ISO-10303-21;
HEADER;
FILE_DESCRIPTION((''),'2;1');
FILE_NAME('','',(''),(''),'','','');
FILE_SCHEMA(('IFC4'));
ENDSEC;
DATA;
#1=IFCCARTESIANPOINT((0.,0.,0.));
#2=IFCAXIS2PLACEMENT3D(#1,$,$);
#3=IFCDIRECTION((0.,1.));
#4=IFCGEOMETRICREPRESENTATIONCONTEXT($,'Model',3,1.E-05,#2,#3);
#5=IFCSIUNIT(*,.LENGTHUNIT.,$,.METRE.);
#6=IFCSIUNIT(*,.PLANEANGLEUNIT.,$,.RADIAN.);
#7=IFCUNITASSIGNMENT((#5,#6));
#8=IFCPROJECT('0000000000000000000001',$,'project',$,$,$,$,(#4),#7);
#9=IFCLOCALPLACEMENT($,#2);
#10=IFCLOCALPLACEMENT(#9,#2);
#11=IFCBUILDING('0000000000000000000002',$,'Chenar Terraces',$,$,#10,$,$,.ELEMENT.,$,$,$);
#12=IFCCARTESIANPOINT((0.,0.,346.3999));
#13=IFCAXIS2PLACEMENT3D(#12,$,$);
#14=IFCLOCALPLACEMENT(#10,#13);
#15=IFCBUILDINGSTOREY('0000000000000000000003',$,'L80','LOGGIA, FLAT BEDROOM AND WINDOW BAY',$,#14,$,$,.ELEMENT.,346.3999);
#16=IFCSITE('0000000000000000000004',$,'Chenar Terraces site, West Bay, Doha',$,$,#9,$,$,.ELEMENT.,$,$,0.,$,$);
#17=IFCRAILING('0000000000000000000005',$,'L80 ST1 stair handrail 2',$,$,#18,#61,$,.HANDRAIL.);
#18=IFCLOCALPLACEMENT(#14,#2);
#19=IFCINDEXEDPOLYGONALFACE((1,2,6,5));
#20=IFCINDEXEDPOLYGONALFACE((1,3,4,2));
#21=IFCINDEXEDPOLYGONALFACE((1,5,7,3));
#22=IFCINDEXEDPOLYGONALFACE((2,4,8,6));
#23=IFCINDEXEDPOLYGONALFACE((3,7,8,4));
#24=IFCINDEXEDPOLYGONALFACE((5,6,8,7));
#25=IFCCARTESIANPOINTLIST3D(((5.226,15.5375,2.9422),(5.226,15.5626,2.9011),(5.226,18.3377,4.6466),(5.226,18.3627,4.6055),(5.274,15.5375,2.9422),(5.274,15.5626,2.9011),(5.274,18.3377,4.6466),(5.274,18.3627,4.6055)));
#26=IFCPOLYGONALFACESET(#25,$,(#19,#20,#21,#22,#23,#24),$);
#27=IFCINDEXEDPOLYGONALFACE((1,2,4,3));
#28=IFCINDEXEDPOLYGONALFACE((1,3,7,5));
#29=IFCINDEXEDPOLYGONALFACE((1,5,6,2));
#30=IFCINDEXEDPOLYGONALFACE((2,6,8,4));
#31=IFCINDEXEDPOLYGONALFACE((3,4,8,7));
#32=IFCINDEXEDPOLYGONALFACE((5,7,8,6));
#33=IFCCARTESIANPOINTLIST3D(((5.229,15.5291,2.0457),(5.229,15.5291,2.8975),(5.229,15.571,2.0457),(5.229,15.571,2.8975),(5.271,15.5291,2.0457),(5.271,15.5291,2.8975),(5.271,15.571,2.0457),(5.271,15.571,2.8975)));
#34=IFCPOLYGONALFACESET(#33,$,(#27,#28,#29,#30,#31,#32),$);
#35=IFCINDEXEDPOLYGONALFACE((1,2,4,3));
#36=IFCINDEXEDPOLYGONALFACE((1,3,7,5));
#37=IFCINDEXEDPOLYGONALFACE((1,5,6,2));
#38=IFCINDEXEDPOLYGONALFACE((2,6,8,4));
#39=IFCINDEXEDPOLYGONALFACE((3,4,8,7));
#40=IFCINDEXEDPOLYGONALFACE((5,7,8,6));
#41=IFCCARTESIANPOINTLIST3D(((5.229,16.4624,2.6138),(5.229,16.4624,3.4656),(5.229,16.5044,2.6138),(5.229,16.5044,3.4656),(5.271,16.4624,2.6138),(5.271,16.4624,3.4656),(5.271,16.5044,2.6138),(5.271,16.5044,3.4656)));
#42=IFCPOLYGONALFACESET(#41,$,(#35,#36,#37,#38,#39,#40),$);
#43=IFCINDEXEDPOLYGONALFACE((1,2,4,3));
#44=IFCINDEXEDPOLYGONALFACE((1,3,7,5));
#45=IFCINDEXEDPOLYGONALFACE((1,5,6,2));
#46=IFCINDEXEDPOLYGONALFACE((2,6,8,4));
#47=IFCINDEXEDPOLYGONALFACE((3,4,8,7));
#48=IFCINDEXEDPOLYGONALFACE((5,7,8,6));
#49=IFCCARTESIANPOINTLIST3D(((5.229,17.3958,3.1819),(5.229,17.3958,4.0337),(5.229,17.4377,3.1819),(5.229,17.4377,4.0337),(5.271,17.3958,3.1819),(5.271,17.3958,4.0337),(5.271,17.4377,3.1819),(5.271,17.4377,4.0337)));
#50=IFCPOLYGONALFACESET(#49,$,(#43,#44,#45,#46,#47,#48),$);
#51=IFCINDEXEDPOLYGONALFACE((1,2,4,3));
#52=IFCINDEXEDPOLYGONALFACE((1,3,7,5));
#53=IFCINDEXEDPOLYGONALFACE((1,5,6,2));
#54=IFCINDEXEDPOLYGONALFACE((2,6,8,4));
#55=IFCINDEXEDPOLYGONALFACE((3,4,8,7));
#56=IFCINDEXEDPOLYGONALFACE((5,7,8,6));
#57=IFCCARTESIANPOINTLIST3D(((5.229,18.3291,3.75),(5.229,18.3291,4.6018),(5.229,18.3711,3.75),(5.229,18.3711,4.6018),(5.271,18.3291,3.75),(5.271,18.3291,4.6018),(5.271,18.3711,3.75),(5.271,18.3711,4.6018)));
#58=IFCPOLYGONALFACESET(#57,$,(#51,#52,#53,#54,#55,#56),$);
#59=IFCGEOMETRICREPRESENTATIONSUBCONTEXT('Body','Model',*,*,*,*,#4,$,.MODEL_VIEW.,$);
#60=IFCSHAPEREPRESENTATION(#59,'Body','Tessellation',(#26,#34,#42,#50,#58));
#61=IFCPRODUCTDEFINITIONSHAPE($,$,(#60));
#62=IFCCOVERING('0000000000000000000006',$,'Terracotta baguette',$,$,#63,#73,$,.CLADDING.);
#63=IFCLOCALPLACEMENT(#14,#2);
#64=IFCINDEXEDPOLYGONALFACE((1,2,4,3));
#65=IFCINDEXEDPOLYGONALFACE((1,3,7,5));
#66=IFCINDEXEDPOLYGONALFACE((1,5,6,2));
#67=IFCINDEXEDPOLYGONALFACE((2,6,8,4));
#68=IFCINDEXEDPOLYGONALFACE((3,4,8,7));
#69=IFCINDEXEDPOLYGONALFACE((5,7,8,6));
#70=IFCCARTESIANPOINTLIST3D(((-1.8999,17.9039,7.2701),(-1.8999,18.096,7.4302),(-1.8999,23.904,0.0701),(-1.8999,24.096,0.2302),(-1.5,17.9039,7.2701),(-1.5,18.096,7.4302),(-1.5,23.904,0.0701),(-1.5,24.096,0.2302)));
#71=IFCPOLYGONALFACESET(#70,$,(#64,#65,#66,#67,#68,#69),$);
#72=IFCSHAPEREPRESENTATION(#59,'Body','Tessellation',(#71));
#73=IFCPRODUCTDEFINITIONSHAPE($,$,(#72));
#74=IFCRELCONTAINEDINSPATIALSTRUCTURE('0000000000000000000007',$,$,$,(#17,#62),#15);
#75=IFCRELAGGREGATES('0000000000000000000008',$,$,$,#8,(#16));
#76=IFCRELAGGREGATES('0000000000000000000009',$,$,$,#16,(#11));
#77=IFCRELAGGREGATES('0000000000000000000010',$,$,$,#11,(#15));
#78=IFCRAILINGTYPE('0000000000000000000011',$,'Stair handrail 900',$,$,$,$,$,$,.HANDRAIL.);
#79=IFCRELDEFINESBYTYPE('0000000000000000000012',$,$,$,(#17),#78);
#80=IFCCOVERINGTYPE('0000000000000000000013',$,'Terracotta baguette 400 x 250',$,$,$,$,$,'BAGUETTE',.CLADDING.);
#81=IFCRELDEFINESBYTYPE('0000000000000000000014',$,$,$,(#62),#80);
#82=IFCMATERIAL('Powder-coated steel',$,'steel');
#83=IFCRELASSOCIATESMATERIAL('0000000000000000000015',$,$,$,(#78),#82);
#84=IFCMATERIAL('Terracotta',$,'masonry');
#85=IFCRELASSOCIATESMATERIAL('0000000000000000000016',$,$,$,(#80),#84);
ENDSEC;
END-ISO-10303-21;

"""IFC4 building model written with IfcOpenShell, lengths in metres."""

from ifc_helpers import new_model, si_unit, direction, frame, origin, origin_2d, place, context, subcontext, project, spatial, rectangle, extrude, material, material_profile, profile_set, type_object, element, save


model = new_model("IFC4")

# Units and contexts
model_context = context("Model", 3, precision=1e-05, world=origin(), true_north=direction((0.0, 1.0)))
body_context = subcontext(model_context, "Body", "Model", "MODEL_VIEW")
ifc_project = project(units=[si_unit("LENGTHUNIT", "METRE"), si_unit("PLANEANGLEUNIT", "RADIAN")], contexts=[model_context])

# Site, building, storey
site_placement = place(None, origin())
site = spatial("IfcSite", under=ifc_project, at=site_placement, Name="Chenar Terraces site, West Bay, Doha", CompositionType="ELEMENT", RefElevation=0.0)
building_placement = place(site_placement, origin())
building = spatial("IfcBuilding", under=site, at=building_placement, Name="Chenar Terraces", CompositionType="ELEMENT")
storey_placement = place(building_placement, frame((0.0, 0.0, 346.3999)))
storey = spatial("IfcBuildingStorey", under=building, at=storey_placement, Name="L80", Description="LOGGIA, FLAT BEDROOM AND WINDOW BAY", CompositionType="ELEMENT", Elevation=346.3999)

# Railing
ifc_material_1 = material(Name="Powder-coated steel", Category="steel")
railing_type_1 = type_object("IfcRailingType", Name="Stair handrail 900", PredefinedType="HANDRAIL", material=ifc_material_1)
railing_1_placement = place(storey_placement, frame((5.25, 15.55, 2.0457)))
element("IfcRailing", 1, at=railing_1_placement, inside=storey, type_object=railing_type_1, Name="L80 ST1 stair handrail 2", PredefinedType="HANDRAIL", context=body_context, shape_type="SweptSolid", body=[
    extrude(rectangle(XDim=0.0481, YDim=0.0481, at=origin_2d()), frame((0.0, 0.0, 0.876), z_axis=(0.0, 0.854203, 0.51994), x_axis=(-1.0, 0.0, 0.0)), (0.0, 0.0, 1.0), 3.2781),
    extrude(rectangle(XDim=0.042, YDim=0.042, at=origin_2d()), origin(), (0.0, 0.0, 1.0), 0.8518),
    extrude(rectangle(XDim=0.042, YDim=0.042, at=origin_2d()), frame((0.0, 0.9333, 0.5681)), (0.0, 0.0, 1.0), 0.8518),
    extrude(rectangle(XDim=0.042, YDim=0.042, at=origin_2d()), frame((0.0, 1.8667, 1.1362)), (0.0, 0.0, 1.0), 0.8518),
    extrude(rectangle(XDim=0.042, YDim=0.042, at=origin_2d()), frame((0.0, 2.8, 1.7043)), (0.0, 0.0, 1.0), 0.8518),
])

# Covering
ifc_material_2 = material(Name="Terracotta", Category="masonry")
ifc_material_profile_1 = material_profile(ifc_material_2, rectangle(XDim=0.3999, YDim=0.25, at=origin_2d()), Name="Terracotta baguette 400 x 250")
ifc_profile_set_1 = profile_set([ifc_material_profile_1], Name="Terracotta")
covering_type = type_object("IfcCoveringType", Name="Terracotta baguette 400 x 250", ElementType="BAGUETTE", PredefinedType="CLADDING", material=ifc_profile_set_1)
covering_placement = place(storey_placement, frame((-1.7, 24.0, 0.1501), z_axis=(0.0, -0.640187, 0.768219), x_axis=(1.0, 0.0, 0.0)))
element("IfcCovering", 2, at=covering_placement, inside=storey, type_object=covering_type, Name="Terracotta baguette", PredefinedType="CLADDING", context=body_context, shape_type="SweptSolid", body=[
    extrude(rectangle(XDim=0.3999, YDim=0.25, at=origin_2d()), origin(), (0.0, 0.0, 1.0), 9.3723),
])

save(model, "model.ifc")
